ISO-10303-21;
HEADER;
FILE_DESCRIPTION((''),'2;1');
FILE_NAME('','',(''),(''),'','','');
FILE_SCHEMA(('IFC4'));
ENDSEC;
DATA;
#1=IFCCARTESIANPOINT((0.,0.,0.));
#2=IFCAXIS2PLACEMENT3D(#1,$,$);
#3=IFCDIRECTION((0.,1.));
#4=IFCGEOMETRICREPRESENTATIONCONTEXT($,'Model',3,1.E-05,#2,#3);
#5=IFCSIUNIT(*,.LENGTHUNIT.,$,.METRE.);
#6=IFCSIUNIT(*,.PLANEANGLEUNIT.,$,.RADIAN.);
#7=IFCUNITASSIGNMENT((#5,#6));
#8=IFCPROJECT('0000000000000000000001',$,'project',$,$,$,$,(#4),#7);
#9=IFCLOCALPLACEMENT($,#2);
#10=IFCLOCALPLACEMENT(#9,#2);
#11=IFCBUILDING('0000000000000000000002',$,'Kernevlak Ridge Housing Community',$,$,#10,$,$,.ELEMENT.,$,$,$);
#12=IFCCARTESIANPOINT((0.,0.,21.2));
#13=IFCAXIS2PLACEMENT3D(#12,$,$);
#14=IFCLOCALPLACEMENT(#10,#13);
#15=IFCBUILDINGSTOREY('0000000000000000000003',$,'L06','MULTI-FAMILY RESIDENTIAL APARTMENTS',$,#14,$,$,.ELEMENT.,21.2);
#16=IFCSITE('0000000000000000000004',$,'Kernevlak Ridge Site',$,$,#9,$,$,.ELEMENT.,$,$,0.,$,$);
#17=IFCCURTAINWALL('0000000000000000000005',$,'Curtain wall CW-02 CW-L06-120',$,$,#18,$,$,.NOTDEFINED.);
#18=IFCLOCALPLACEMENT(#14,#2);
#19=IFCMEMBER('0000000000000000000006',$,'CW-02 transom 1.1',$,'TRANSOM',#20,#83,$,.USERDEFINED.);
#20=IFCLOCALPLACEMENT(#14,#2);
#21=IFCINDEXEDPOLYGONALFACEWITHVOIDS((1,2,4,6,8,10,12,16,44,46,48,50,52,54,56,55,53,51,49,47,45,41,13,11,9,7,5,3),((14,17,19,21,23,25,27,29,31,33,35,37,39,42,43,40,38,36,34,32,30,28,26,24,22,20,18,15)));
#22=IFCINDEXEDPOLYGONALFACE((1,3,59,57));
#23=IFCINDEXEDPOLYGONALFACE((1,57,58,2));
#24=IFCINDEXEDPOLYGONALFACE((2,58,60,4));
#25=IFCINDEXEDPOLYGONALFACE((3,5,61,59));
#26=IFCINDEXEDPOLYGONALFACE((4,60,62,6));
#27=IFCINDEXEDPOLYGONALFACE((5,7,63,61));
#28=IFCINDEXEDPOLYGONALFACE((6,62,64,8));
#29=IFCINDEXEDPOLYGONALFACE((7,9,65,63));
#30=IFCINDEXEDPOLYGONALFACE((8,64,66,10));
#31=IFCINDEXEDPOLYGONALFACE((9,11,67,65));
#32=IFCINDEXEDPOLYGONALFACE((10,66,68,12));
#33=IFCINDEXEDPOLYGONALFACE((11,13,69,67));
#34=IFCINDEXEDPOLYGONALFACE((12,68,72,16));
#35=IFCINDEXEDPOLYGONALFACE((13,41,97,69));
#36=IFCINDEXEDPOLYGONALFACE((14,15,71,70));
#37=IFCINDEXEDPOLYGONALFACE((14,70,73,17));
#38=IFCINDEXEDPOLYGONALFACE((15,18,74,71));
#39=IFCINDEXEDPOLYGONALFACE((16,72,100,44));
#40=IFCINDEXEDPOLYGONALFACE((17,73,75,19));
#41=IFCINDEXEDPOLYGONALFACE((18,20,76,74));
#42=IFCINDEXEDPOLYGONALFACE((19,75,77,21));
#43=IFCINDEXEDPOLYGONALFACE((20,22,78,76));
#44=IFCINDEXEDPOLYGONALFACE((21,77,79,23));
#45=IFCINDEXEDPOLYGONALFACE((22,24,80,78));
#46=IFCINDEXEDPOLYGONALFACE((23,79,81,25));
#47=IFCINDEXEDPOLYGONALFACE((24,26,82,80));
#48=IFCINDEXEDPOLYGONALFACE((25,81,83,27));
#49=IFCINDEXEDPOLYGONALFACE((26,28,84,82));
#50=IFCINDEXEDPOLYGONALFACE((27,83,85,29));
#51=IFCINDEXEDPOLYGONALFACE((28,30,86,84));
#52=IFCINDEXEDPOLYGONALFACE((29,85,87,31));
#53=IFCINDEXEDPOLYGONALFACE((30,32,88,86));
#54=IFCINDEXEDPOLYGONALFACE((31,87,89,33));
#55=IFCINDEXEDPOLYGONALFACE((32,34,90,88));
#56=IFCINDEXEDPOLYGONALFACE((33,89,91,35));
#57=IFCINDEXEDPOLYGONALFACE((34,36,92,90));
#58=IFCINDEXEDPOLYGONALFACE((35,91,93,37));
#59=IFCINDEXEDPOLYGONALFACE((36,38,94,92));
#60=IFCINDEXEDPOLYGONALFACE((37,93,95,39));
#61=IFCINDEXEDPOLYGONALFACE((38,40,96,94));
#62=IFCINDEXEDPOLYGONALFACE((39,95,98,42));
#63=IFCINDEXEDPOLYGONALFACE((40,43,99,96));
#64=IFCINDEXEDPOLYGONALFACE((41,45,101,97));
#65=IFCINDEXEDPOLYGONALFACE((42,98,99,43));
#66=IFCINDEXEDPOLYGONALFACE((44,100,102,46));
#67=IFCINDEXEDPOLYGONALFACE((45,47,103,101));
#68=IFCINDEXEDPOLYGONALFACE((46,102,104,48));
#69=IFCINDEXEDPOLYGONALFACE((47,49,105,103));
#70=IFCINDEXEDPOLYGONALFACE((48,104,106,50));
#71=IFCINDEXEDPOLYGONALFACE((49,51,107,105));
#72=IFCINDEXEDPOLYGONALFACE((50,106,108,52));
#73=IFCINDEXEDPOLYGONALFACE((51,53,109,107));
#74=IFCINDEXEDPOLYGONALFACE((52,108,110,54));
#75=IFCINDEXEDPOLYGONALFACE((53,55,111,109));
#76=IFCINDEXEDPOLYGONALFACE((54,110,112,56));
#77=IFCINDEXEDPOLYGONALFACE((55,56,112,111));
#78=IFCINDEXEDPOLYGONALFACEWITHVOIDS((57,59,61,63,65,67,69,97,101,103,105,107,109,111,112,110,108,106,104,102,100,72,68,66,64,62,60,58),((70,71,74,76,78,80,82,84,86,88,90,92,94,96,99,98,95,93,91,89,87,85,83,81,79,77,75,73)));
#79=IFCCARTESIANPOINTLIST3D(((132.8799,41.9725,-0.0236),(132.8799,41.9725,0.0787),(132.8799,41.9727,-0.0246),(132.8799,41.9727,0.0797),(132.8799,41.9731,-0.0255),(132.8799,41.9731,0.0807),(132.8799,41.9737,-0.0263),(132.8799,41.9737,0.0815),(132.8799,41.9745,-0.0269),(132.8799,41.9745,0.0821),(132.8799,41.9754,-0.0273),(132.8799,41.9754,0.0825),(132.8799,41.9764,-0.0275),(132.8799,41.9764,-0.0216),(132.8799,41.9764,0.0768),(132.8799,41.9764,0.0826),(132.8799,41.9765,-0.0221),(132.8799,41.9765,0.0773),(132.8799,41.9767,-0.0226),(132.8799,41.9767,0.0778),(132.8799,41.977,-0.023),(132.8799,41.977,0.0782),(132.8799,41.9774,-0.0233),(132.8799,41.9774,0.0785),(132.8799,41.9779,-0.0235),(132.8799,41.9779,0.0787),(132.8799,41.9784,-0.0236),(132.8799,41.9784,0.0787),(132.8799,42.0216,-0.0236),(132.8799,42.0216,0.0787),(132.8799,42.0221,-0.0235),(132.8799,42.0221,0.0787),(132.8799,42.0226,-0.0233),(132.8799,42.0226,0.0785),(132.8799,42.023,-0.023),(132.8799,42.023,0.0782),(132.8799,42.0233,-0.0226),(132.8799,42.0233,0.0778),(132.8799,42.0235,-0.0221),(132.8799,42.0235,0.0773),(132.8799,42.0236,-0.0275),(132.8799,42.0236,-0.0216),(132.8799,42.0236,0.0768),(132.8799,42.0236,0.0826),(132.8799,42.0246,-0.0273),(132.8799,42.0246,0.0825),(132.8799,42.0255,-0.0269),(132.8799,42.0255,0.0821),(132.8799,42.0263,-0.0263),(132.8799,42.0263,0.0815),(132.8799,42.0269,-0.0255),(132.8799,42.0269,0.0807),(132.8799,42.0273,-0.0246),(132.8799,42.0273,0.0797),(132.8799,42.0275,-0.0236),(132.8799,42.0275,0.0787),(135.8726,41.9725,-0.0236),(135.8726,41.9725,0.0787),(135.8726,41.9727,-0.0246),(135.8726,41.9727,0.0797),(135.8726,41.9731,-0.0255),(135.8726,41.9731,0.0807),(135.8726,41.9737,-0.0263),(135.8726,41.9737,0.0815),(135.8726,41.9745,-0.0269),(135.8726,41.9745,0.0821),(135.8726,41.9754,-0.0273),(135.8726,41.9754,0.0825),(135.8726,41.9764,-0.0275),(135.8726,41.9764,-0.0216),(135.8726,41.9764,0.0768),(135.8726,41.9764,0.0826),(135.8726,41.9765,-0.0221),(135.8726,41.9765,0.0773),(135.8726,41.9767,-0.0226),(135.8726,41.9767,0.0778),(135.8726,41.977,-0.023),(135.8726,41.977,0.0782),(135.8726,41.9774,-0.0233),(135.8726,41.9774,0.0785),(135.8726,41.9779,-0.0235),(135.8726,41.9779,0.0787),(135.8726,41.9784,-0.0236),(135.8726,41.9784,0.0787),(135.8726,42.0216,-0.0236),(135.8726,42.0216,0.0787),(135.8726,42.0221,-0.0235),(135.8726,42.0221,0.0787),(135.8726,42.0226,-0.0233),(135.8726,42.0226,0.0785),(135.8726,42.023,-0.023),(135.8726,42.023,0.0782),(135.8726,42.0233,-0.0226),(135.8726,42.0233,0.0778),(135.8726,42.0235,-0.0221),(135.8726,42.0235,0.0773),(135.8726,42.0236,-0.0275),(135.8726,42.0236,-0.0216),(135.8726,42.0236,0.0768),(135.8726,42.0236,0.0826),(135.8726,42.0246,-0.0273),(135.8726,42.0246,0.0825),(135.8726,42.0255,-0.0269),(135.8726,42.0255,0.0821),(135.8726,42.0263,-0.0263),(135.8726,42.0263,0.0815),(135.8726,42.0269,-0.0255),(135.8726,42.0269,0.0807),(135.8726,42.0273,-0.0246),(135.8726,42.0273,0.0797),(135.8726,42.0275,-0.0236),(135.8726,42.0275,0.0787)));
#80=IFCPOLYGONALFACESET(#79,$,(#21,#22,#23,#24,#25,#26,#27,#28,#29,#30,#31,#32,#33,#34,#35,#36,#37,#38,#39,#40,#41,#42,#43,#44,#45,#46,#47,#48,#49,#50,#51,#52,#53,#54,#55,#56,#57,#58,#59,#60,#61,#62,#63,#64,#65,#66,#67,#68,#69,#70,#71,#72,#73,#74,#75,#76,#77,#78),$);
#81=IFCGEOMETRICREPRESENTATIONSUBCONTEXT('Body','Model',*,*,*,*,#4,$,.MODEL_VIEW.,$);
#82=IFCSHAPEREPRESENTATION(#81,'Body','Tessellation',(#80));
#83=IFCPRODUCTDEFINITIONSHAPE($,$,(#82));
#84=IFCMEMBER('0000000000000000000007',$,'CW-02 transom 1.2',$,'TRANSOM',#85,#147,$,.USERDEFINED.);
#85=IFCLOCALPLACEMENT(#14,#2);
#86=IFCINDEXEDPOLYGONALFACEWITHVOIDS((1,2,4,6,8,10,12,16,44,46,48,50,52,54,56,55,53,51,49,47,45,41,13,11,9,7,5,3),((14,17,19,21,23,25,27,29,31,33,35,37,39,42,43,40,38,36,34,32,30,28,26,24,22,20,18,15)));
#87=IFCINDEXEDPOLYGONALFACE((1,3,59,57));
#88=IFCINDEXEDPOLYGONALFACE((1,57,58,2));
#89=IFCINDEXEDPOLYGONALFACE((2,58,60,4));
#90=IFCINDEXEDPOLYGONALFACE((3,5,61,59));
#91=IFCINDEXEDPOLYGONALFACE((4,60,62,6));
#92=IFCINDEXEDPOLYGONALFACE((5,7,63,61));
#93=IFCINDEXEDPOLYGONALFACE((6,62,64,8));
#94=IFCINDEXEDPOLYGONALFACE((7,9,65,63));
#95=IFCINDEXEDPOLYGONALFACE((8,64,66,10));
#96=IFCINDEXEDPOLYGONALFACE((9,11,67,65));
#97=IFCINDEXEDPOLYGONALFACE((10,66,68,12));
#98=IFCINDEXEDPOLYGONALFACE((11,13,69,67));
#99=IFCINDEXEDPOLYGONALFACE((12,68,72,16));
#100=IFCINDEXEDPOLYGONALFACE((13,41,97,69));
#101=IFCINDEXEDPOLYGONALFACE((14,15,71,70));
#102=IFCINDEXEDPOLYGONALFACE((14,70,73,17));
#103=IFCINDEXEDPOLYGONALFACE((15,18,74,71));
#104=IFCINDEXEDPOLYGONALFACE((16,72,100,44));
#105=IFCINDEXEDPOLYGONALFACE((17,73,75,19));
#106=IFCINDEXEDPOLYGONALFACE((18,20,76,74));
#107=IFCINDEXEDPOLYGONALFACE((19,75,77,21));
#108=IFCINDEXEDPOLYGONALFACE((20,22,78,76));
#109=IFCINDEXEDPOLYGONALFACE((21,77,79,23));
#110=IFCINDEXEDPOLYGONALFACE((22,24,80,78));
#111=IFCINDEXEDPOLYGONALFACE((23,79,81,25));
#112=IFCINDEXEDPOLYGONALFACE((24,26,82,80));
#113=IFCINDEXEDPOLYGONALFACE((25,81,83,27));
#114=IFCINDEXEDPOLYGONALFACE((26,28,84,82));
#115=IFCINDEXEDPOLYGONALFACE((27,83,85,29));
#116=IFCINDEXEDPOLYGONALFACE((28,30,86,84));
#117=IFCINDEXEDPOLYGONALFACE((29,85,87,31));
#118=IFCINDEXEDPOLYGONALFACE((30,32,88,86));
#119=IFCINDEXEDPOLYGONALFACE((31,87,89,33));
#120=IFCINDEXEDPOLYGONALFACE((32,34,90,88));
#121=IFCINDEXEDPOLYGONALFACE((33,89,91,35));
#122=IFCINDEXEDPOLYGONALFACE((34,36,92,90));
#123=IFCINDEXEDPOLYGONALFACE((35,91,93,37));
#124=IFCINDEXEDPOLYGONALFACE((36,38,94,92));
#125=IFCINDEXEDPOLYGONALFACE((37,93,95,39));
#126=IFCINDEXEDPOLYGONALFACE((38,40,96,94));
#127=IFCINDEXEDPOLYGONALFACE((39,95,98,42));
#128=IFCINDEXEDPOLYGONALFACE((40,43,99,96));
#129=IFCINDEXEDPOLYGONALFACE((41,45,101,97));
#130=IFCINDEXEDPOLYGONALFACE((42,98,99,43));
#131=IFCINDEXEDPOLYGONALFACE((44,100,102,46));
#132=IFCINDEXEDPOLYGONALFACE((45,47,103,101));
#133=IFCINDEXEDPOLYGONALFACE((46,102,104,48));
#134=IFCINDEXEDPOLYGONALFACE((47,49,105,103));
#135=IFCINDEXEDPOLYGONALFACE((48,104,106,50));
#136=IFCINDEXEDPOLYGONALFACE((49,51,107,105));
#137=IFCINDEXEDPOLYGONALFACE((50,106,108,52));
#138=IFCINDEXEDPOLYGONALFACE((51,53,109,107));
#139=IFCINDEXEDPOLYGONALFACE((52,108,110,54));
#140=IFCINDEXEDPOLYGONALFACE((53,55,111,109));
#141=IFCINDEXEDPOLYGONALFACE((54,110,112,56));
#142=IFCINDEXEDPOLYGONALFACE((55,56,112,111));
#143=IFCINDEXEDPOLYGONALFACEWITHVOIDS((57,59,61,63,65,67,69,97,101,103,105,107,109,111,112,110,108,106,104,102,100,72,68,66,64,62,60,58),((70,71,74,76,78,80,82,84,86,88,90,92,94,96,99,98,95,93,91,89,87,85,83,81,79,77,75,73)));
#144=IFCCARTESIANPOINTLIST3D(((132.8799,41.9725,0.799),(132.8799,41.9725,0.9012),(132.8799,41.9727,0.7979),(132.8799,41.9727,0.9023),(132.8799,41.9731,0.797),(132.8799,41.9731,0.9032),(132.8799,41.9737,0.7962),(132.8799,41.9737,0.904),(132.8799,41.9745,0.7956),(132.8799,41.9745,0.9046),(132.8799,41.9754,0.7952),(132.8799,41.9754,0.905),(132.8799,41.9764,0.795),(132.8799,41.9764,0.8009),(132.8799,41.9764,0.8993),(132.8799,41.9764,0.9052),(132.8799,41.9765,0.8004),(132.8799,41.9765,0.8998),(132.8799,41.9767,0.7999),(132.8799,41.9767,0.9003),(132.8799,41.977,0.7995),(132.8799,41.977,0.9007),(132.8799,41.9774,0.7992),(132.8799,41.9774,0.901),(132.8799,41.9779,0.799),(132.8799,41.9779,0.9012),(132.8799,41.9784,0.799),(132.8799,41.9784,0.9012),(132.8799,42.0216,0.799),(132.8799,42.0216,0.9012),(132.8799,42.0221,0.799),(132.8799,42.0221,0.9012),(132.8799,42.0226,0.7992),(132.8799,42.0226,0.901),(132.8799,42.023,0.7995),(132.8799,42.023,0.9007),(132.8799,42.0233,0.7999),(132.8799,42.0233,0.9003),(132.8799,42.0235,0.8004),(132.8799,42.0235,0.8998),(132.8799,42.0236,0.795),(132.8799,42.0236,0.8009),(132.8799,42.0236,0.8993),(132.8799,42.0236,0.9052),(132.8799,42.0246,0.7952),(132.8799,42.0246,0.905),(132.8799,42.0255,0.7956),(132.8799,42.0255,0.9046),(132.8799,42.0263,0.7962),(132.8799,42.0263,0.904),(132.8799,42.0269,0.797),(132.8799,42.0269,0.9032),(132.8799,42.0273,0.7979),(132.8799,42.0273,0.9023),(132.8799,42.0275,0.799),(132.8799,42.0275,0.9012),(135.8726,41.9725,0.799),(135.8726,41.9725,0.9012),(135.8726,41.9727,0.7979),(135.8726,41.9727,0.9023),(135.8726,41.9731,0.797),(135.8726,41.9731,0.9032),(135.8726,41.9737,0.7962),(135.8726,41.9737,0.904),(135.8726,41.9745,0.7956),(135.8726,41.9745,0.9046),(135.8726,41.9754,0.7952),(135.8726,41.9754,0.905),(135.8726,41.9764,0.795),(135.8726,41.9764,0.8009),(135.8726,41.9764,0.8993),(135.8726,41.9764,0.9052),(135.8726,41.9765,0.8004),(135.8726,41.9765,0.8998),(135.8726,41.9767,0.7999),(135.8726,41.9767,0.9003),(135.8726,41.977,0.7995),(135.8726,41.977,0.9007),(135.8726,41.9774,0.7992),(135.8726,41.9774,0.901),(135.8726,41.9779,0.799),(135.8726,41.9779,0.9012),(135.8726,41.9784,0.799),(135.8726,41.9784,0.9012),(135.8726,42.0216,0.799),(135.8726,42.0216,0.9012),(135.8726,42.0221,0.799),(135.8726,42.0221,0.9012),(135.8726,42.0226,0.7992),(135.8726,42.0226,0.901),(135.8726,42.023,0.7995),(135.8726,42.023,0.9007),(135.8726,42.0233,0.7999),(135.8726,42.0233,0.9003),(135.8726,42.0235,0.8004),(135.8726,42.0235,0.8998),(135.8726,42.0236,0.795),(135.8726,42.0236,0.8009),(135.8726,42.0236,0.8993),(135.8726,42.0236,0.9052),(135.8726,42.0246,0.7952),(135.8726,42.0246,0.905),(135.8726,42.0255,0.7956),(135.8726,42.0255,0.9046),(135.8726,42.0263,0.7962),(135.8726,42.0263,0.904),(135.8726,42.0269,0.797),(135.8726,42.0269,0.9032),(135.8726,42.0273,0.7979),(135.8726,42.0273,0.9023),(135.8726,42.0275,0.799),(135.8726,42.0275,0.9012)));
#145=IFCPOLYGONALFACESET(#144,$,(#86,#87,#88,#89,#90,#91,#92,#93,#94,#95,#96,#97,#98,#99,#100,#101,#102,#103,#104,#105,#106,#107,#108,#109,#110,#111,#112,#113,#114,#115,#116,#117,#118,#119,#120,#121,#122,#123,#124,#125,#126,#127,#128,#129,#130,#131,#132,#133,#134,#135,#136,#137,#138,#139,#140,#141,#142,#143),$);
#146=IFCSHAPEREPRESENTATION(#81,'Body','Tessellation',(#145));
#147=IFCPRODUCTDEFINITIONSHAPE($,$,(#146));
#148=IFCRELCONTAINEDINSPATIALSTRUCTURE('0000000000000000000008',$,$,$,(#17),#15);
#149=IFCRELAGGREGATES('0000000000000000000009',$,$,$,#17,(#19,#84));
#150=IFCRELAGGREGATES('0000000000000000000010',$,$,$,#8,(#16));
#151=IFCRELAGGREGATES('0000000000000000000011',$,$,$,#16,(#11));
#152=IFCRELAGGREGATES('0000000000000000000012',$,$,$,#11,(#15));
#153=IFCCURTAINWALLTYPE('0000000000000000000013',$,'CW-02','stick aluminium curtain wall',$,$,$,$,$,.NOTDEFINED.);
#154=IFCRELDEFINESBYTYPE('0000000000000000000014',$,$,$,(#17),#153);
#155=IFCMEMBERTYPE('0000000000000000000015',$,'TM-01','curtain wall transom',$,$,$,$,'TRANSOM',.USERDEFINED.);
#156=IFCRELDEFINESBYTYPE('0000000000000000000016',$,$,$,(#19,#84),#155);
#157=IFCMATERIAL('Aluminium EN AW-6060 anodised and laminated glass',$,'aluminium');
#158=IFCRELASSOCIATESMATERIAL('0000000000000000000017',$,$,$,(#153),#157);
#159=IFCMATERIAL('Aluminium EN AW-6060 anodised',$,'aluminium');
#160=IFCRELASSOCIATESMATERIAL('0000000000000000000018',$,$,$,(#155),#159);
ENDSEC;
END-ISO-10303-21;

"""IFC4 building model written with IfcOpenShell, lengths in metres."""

from ifc_helpers import new_model, si_unit, direction, frame, origin, origin_2d, place, context, subcontext, project, spatial, hollow_rectangle, extrude, material, material_profile, profile_set, type_object, element, aggregate, save


model = new_model("IFC4")

# Units and contexts
model_context = context("Model", 3, precision=1e-05, world=origin(), true_north=direction((0.0, 1.0)))
body_context = subcontext(model_context, "Body", "Model", "MODEL_VIEW")
ifc_project = project(units=[si_unit("LENGTHUNIT", "METRE"), si_unit("PLANEANGLEUNIT", "RADIAN")], contexts=[model_context])

# Site, building, storey
site_placement = place(None, origin())
site = spatial("IfcSite", under=ifc_project, at=site_placement, Name="Kernevlak Ridge Site", CompositionType="ELEMENT", RefElevation=0.0)
building_placement = place(site_placement, origin())
building = spatial("IfcBuilding", under=site, at=building_placement, Name="Kernevlak Ridge Housing Community", CompositionType="ELEMENT")
storey_placement = place(building_placement, frame((0.0, 0.0, 21.2)))
storey = spatial("IfcBuildingStorey", under=building, at=storey_placement, Name="L06", Description="MULTI-FAMILY RESIDENTIAL APARTMENTS", CompositionType="ELEMENT", Elevation=21.2)

# Curtain wall
ifc_material_1 = material(Name="Aluminium EN AW-6060 anodised and laminated glass", Category="aluminium")
curtain_wall_type = type_object("IfcCurtainWallType", Name="CW-02", Description="stick aluminium curtain wall", PredefinedType="NOTDEFINED", material=ifc_material_1)
curtain_wall_placement = place(storey_placement, origin())
curtain_wall = element("IfcCurtainWall", 1, at=curtain_wall_placement, inside=storey, type_object=curtain_wall_type, Name="Curtain wall CW-02 CW-L06-120", PredefinedType="NOTDEFINED")
ifc_material_2 = material(Name="Aluminium EN AW-6060 anodised", Category="aluminium")

# Members
ifc_material_profile_1 = material_profile(ifc_material_2, hollow_rectangle(XDim=0.0549, YDim=0.1101, WallThickness=0.0039, InnerFilletRadius=0.002, OuterFilletRadius=0.0039, at=origin_2d()), Name="ALU 55x110x4")
ifc_profile_set_1 = profile_set([ifc_material_profile_1], Name="Aluminium EN AW-6060 anodised")
member_type_1 = type_object("IfcMemberType", Name="TM-01", Description="curtain wall transom", ElementType="TRANSOM", PredefinedType="USERDEFINED", material=ifc_profile_set_1)
member_1_placement = place(storey_placement, frame((132.8799, 42.0, 0.0276), z_axis=(1.0, 0.0, 0.0), x_axis=(0.0, 1.0, 0.0)))
member_1 = element("IfcMember", 2, at=member_1_placement, type_object=member_type_1, Name="CW-02 transom 1.1", ObjectType="TRANSOM", PredefinedType="USERDEFINED", context=body_context, shape_type="SweptSolid", body=[
    extrude(hollow_rectangle(XDim=0.0549, YDim=0.1101, WallThickness=0.0039, InnerFilletRadius=0.002, OuterFilletRadius=0.0039, at=origin_2d()), origin(), (0.0, 0.0, 1.0), 2.9927),
])
member_2_placement = place(storey_placement, frame((132.8799, 42.0, 0.8501), z_axis=(1.0, 0.0, 0.0), x_axis=(0.0, 1.0, 0.0)))
member_2 = element("IfcMember", 3, at=member_2_placement, type_object=member_type_1, Name="CW-02 transom 1.2", ObjectType="TRANSOM", PredefinedType="USERDEFINED", context=body_context, shape_type="SweptSolid", body=[
    extrude(hollow_rectangle(XDim=0.0549, YDim=0.1101, WallThickness=0.0039, InnerFilletRadius=0.002, OuterFilletRadius=0.0039, at=origin_2d()), origin(), (0.0, 0.0, 1.0), 2.9927),
])
aggregate(curtain_wall, [member_1, member_2])

save(model, "model.ifc")
